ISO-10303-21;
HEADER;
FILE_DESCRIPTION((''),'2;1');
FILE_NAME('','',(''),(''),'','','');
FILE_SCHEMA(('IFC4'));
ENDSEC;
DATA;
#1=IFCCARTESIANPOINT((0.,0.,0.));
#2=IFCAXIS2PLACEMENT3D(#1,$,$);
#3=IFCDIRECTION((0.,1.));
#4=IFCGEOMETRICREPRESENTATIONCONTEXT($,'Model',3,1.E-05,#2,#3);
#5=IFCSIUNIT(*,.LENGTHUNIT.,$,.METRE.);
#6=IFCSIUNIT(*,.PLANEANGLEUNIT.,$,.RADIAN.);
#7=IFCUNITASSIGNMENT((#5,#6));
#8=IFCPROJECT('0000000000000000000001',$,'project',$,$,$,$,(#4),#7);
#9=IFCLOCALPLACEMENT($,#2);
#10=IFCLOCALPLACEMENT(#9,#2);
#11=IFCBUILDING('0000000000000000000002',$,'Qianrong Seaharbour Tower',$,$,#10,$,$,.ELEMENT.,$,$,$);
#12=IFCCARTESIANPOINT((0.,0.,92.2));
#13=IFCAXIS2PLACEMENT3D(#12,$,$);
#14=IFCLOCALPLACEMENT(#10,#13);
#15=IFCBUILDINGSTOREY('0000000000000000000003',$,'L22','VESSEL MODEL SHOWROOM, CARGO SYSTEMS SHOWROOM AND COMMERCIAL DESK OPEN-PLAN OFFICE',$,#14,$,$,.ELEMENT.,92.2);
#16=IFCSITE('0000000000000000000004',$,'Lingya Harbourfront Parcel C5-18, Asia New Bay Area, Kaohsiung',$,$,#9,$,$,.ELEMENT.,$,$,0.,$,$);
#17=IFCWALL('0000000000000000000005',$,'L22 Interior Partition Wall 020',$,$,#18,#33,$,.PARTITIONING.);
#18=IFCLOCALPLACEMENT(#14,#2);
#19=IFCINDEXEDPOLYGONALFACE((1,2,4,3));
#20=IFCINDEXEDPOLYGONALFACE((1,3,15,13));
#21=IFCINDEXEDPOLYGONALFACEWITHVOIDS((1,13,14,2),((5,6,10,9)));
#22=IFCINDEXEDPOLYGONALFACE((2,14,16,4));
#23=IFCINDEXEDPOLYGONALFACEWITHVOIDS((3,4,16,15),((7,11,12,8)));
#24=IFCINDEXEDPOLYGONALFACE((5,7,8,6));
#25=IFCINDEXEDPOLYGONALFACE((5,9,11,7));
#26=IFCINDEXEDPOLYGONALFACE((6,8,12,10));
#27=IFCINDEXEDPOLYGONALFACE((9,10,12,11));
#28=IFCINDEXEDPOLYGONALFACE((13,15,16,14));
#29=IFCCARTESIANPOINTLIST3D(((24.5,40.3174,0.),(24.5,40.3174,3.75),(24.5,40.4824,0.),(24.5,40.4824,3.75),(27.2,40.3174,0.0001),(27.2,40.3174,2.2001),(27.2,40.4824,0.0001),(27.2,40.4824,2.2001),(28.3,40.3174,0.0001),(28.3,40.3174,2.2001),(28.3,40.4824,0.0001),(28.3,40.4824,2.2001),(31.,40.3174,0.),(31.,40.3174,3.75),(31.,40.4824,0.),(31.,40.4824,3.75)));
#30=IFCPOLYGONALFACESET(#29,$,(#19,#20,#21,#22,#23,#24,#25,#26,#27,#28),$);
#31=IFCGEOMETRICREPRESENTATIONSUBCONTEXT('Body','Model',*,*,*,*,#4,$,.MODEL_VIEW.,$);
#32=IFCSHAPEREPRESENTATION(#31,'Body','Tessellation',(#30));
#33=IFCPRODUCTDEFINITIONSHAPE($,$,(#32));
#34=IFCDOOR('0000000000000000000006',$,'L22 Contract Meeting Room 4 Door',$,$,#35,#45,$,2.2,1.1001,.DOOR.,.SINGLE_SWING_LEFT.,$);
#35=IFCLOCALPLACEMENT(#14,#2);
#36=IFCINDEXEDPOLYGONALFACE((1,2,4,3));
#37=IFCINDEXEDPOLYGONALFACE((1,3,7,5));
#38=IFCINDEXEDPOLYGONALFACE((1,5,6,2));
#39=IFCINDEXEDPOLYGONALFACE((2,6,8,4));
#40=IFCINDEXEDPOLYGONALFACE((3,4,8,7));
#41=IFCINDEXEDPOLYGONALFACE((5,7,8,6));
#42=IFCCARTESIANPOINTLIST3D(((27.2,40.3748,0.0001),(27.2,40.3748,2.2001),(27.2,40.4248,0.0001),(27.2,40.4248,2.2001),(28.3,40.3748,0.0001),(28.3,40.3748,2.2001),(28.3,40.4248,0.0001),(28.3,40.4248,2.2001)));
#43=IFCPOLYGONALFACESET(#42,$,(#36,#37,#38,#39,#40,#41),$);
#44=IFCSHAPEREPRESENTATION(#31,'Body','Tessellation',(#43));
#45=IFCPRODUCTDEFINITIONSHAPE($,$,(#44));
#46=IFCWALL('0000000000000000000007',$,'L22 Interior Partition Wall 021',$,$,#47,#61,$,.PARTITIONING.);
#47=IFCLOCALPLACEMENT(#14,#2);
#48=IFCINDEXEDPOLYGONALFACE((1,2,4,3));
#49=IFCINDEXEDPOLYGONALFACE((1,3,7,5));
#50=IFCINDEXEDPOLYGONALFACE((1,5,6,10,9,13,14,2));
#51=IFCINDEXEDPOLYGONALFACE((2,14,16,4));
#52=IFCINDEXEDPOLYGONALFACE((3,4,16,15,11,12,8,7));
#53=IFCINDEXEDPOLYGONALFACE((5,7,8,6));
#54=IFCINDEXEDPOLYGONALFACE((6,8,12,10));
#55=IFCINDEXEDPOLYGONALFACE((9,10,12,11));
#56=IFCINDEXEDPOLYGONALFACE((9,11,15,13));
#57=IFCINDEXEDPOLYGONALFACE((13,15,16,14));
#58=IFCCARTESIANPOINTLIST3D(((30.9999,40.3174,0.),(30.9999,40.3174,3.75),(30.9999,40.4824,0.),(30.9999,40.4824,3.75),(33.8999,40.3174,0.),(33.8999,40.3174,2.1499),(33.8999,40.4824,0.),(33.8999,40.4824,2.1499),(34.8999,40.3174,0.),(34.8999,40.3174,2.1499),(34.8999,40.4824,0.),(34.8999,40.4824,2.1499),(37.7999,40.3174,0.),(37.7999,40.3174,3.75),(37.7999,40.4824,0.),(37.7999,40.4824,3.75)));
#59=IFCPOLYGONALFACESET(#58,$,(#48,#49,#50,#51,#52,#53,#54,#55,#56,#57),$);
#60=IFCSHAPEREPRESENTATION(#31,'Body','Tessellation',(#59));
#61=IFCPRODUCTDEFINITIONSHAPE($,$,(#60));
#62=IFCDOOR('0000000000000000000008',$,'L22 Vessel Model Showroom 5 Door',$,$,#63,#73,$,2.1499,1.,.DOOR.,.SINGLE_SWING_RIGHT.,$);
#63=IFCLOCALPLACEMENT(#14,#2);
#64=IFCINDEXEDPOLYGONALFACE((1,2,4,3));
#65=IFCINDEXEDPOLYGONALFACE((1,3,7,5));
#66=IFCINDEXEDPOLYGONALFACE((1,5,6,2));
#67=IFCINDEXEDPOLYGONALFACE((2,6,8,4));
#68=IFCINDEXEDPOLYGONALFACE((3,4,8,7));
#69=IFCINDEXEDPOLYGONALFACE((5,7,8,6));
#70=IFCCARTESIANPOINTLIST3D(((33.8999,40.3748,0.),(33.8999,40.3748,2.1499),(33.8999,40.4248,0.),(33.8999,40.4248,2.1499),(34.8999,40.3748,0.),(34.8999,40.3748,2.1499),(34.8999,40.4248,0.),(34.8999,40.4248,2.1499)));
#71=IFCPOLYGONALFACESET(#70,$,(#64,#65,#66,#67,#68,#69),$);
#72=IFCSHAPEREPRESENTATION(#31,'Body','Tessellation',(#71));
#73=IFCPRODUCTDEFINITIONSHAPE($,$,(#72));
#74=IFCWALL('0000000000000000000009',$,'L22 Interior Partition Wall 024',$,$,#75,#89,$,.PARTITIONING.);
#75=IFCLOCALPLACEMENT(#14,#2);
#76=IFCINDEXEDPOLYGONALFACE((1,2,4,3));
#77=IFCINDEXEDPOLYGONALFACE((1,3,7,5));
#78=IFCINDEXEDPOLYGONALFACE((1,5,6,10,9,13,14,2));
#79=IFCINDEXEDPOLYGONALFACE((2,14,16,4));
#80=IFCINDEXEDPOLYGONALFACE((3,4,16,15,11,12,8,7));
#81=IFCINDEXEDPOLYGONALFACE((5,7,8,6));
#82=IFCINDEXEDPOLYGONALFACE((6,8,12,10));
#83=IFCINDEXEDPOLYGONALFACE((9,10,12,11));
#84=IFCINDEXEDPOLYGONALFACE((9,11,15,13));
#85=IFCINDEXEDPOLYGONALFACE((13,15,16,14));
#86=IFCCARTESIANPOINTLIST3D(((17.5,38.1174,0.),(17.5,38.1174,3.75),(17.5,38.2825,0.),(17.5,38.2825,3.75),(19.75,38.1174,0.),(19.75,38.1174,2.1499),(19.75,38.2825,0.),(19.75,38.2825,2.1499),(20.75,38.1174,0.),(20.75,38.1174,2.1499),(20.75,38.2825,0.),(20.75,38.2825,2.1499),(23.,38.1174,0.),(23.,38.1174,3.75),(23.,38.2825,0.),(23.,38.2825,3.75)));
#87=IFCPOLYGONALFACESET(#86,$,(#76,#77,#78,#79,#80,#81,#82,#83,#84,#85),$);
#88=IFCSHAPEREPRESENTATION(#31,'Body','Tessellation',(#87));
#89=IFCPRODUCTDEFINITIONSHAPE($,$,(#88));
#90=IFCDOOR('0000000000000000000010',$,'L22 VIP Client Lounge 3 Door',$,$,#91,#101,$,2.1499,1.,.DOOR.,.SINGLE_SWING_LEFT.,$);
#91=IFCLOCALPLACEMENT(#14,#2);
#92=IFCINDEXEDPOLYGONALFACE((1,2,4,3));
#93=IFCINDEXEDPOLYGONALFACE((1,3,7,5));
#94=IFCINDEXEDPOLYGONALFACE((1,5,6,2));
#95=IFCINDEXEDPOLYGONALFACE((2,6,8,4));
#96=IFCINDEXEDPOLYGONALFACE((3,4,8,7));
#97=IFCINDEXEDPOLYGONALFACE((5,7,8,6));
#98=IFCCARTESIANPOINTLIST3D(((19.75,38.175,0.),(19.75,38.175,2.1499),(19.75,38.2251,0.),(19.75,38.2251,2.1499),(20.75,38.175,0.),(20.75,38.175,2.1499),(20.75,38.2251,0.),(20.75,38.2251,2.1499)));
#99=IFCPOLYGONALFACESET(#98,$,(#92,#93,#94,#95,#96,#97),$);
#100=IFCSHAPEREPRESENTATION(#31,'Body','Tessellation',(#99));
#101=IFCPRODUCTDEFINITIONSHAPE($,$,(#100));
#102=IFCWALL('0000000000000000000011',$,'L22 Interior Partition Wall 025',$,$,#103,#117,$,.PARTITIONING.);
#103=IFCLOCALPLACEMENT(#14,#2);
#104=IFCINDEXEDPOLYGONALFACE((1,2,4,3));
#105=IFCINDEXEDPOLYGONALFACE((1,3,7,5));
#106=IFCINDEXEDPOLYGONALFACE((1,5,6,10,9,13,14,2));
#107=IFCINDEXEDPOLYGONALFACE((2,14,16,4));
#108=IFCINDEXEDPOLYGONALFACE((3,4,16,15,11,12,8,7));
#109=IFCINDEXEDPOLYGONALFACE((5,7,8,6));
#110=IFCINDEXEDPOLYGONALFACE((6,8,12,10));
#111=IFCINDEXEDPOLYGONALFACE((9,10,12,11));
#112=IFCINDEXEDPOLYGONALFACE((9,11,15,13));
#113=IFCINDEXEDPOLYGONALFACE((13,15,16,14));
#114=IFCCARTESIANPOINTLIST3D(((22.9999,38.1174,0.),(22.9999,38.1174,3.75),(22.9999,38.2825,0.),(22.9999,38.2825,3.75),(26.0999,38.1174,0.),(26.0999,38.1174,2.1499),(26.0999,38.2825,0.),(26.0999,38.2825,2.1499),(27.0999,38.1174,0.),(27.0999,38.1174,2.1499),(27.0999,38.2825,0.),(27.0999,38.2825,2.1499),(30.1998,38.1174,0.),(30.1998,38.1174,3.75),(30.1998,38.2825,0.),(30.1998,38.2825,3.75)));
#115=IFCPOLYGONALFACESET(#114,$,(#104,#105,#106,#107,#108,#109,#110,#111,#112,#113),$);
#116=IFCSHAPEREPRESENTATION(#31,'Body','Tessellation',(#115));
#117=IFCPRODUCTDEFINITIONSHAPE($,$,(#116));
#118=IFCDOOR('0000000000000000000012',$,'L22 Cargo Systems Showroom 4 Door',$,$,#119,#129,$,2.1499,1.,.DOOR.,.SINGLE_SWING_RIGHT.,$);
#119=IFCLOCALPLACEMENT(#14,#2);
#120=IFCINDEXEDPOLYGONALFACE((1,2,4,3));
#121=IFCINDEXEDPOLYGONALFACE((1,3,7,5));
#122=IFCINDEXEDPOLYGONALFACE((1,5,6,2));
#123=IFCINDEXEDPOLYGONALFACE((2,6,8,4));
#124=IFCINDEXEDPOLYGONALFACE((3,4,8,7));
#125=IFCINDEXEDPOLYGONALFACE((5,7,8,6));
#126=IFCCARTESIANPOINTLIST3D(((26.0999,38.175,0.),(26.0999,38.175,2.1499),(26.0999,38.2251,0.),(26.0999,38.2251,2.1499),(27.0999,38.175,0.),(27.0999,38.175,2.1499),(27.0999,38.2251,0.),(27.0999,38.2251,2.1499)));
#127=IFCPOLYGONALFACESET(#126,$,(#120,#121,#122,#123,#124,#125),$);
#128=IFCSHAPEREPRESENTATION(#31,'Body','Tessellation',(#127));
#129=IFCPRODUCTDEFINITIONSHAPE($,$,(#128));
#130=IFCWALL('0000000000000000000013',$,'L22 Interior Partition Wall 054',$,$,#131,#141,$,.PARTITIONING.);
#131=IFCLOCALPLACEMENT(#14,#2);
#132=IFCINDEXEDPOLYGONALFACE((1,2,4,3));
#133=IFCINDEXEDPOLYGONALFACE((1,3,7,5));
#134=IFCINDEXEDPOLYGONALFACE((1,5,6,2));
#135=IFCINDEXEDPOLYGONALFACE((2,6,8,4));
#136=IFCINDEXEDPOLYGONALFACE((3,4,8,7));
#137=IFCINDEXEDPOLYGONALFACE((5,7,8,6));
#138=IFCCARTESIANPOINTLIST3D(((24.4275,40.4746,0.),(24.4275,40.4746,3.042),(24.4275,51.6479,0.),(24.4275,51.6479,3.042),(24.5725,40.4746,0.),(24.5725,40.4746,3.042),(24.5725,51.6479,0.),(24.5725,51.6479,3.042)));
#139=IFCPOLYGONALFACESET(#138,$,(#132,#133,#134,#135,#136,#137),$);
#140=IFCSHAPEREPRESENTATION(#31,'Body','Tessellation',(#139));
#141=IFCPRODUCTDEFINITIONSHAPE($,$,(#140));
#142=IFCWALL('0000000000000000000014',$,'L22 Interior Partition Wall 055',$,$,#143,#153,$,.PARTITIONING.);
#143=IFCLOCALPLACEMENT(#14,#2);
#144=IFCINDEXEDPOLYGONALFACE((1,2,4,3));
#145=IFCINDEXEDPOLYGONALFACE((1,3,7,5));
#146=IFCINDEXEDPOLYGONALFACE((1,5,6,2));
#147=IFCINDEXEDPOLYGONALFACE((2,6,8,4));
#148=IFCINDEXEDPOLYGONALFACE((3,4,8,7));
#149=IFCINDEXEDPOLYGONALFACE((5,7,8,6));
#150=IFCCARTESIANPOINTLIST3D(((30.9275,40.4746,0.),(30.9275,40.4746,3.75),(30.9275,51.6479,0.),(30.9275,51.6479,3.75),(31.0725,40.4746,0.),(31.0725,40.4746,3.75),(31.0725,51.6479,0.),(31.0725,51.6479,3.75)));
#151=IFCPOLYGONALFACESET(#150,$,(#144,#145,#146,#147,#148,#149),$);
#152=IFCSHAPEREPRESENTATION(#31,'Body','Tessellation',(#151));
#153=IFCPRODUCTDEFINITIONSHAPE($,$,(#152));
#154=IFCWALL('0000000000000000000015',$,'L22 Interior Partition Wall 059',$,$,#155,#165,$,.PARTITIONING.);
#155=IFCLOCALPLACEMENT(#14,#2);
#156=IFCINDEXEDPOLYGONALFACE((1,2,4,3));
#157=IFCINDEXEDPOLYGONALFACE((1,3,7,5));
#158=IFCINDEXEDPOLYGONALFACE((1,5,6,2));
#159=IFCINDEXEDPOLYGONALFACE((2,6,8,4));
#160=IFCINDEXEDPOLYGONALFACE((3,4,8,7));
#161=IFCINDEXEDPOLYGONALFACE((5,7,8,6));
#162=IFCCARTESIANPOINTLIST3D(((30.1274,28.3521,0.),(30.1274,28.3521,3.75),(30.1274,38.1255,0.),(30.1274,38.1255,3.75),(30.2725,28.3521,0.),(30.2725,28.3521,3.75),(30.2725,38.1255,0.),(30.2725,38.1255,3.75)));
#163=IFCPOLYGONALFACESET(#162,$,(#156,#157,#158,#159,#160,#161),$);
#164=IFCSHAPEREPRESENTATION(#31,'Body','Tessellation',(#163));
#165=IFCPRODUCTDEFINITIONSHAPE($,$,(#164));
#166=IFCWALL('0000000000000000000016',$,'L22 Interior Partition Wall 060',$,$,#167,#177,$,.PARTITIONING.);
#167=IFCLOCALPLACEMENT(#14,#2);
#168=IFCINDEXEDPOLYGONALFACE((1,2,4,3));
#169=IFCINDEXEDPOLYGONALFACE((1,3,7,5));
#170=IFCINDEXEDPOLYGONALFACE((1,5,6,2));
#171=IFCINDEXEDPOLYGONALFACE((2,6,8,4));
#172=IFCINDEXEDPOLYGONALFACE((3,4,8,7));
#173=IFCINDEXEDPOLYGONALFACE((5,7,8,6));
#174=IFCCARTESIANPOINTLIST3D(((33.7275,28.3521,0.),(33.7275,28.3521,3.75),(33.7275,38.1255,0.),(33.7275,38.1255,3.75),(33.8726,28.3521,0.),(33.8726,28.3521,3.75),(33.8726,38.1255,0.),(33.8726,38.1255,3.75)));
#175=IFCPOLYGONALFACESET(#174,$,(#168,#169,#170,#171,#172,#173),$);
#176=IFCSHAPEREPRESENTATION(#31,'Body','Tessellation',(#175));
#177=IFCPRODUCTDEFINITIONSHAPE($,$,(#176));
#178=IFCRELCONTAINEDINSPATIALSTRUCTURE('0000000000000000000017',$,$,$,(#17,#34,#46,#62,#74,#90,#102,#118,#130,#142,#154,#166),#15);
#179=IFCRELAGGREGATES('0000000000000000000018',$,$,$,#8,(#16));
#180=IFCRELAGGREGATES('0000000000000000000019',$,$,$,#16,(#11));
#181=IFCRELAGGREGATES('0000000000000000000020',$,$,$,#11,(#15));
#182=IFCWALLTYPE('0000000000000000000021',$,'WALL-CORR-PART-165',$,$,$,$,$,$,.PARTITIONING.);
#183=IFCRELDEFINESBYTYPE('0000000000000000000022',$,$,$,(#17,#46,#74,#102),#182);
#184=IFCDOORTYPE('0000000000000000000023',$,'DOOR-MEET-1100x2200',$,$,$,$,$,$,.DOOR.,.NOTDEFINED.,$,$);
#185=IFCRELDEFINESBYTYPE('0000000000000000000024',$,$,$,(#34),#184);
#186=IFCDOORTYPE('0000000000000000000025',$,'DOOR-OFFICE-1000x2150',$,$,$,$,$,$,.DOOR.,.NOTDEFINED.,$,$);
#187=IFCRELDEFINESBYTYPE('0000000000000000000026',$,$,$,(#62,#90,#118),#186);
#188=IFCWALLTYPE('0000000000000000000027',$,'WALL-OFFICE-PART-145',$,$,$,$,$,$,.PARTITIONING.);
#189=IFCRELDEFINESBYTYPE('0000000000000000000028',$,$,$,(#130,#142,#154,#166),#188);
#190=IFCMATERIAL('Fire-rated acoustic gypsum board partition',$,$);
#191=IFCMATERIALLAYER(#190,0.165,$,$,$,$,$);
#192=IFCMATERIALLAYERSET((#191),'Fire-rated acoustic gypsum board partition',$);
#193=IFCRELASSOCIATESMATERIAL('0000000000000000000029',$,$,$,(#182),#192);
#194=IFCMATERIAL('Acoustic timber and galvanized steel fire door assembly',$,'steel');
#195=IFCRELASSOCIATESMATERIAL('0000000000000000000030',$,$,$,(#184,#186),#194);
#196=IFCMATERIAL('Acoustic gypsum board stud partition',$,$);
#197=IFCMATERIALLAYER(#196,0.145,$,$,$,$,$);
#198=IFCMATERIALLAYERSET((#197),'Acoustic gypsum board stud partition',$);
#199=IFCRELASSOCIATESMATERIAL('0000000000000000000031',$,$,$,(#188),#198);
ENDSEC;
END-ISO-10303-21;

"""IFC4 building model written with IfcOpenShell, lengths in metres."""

from ifc_helpers import new_model, si_unit, direction, frame, frame_2d, origin, place, context, subcontext, project, spatial, rectangle, extrude, material, layer, layer_set, type_object, element, fill, save


model = new_model("IFC4")

# Units and contexts
model_context = context("Model", 3, precision=1e-05, world=origin(), true_north=direction((0.0, 1.0)))
body_context = subcontext(model_context, "Body", "Model", "MODEL_VIEW")
ifc_project = project(units=[si_unit("LENGTHUNIT", "METRE"), si_unit("PLANEANGLEUNIT", "RADIAN")], contexts=[model_context])

# Site, building, storey
site_placement = place(None, origin())
site = spatial("IfcSite", under=ifc_project, at=site_placement, Name="Lingya Harbourfront Parcel C5-18, Asia New Bay Area, Kaohsiung", CompositionType="ELEMENT", RefElevation=0.0)
building_placement = place(site_placement, origin())
building = spatial("IfcBuilding", under=site, at=building_placement, Name="Qianrong Seaharbour Tower", CompositionType="ELEMENT")
storey_placement = place(building_placement, frame((0.0, 0.0, 92.2)))
storey = spatial("IfcBuildingStorey", under=building, at=storey_placement, Name="L22", Description="VESSEL MODEL SHOWROOM, CARGO SYSTEMS SHOWROOM AND COMMERCIAL DESK OPEN-PLAN OFFICE", CompositionType="ELEMENT", Elevation=92.2)

# Walls, openings, doors
ifc_material_1 = material(Name="Fire-rated acoustic gypsum board partition")
ifc_layer_1 = layer(ifc_material_1, 0.165)
ifc_layer_set_1 = layer_set([ifc_layer_1], Name="Fire-rated acoustic gypsum board partition")
wall_type_1 = type_object("IfcWallType", Name="WALL-CORR-PART-165", PredefinedType="PARTITIONING", material=ifc_layer_set_1)
wall_1_placement = place(storey_placement, frame((24.5, 40.3999, 0.0), z_axis=(0.0, 0.0, 1.0), x_axis=(1.0, 0.0, 0.0)))
wall_1 = element("IfcWall", 1, at=wall_1_placement, inside=storey, type_object=wall_type_1, Name="L22 Interior Partition Wall 020", PredefinedType="PARTITIONING", context=body_context, shape_type="SweptSolid", body=[
    extrude(rectangle(XDim=6.5, YDim=0.165, at=frame_2d((3.25, 0.0))), origin(), (0.0, 0.0, 1.0), 3.75),
])
opening_1_placement = place(wall_1_placement, frame((2.7, 0.0, 0.0)))
opening_1 = element("IfcOpeningElement", 2, at=opening_1_placement, cuts=wall_1, PredefinedType="OPENING", context=body_context, shape_type="SweptSolid", body=[
    extrude(rectangle(XDim=1.1001, YDim=2.2, at=frame_2d((0.55, 1.1001))), frame((0.0, 0.0925, 0.0), z_axis=(0.0, -1.0, 0.0), x_axis=(1.0, 0.0, 0.0)), (0.0, 0.0, 1.0), 0.1851),
])
ifc_material_2 = material(Name="Acoustic timber and galvanized steel fire door assembly", Category="steel")
door_type_1 = type_object("IfcDoorType", Name="DOOR-MEET-1100x2200", OperationType="NOTDEFINED", PredefinedType="DOOR", material=ifc_material_2)
door_1_placement = place(opening_1_placement, origin())
door_1 = element("IfcDoor", 3, at=door_1_placement, inside=storey, type_object=door_type_1, Name="L22 Contract Meeting Room 4 Door", OperationType="SINGLE_SWING_LEFT", OverallHeight=2.2, OverallWidth=1.1001, PredefinedType="DOOR", context=body_context, shape_type="SweptSolid", body=[
    extrude(rectangle(XDim=1.1001, YDim=2.2, at=frame_2d((0.55, 1.1001))), frame((0.0, 0.0249, 0.0), z_axis=(0.0, -1.0, 0.0), x_axis=(1.0, 0.0, 0.0)), (0.0, 0.0, 1.0), 0.05),
])
fill(opening_1, door_1)
wall_2_placement = place(storey_placement, frame((31.0, 40.3999, 0.0), z_axis=(0.0, 0.0, 1.0), x_axis=(1.0, 0.0, 0.0)))
wall_2 = element("IfcWall", 4, at=wall_2_placement, inside=storey, type_object=wall_type_1, Name="L22 Interior Partition Wall 021", PredefinedType="PARTITIONING", context=body_context, shape_type="SweptSolid", body=[
    extrude(rectangle(XDim=6.8, YDim=0.165, at=frame_2d((3.3999, 0.0))), origin(), (0.0, 0.0, 1.0), 3.75),
])
opening_2_placement = place(wall_2_placement, frame((2.8999, 0.0, 0.0)))
opening_2 = element("IfcOpeningElement", 5, at=opening_2_placement, cuts=wall_2, PredefinedType="OPENING", context=body_context, shape_type="SweptSolid", body=[
    extrude(rectangle(XDim=1.0, YDim=2.1499, at=frame_2d((0.5, 1.075))), frame((0.0, 0.0925, 0.0), z_axis=(0.0, -1.0, 0.0), x_axis=(1.0, 0.0, 0.0)), (0.0, 0.0, 1.0), 0.1851),
])
door_type_2 = type_object("IfcDoorType", Name="DOOR-OFFICE-1000x2150", OperationType="NOTDEFINED", PredefinedType="DOOR", material=ifc_material_2)
door_2_placement = place(opening_2_placement, origin())
door_2 = element("IfcDoor", 6, at=door_2_placement, inside=storey, type_object=door_type_2, Name="L22 Vessel Model Showroom 5 Door", OperationType="SINGLE_SWING_RIGHT", OverallHeight=2.1499, OverallWidth=1.0, PredefinedType="DOOR", context=body_context, shape_type="SweptSolid", body=[
    extrude(rectangle(XDim=1.0, YDim=2.1499, at=frame_2d((0.5, 1.075))), frame((0.0, 0.0249, 0.0), z_axis=(0.0, -1.0, 0.0), x_axis=(1.0, 0.0, 0.0)), (0.0, 0.0, 1.0), 0.05),
])
fill(opening_2, door_2)
wall_3_placement = place(storey_placement, frame((23.0, 38.2, 0.0), z_axis=(0.0, 0.0, 1.0), x_axis=(-1.0, 0.0, 0.0)))
wall_3 = element("IfcWall", 7, at=wall_3_placement, inside=storey, type_object=wall_type_1, Name="L22 Interior Partition Wall 024", PredefinedType="PARTITIONING", context=body_context, shape_type="SweptSolid", body=[
    extrude(rectangle(XDim=5.5, YDim=0.165, at=frame_2d((2.75, 0.0))), origin(), (0.0, 0.0, 1.0), 3.75),
])
opening_3_placement = place(wall_3_placement, frame((2.25, 0.0, 0.0)))
opening_3 = element("IfcOpeningElement", 8, at=opening_3_placement, cuts=wall_3, PredefinedType="OPENING", context=body_context, shape_type="SweptSolid", body=[
    extrude(rectangle(XDim=1.0, YDim=2.1499, at=frame_2d((0.5, 1.075))), frame((0.0, 0.0925, 0.0), z_axis=(0.0, -1.0, 0.0), x_axis=(1.0, 0.0, 0.0)), (0.0, 0.0, 1.0), 0.1851),
])
door_3_placement = place(opening_3_placement, origin())
door_3 = element("IfcDoor", 9, at=door_3_placement, inside=storey, type_object=door_type_2, Name="L22 VIP Client Lounge 3 Door", OperationType="SINGLE_SWING_LEFT", OverallHeight=2.1499, OverallWidth=1.0, PredefinedType="DOOR", context=body_context, shape_type="SweptSolid", body=[
    extrude(rectangle(XDim=1.0, YDim=2.1499, at=frame_2d((0.5, 1.075))), frame((0.0, 0.0249, 0.0), z_axis=(0.0, -1.0, 0.0), x_axis=(1.0, 0.0, 0.0)), (0.0, 0.0, 1.0), 0.05),
])
fill(opening_3, door_3)
wall_4_placement = place(storey_placement, frame((30.2, 38.2, 0.0), z_axis=(0.0, 0.0, 1.0), x_axis=(-1.0, 0.0, 0.0)))
wall_4 = element("IfcWall", 10, at=wall_4_placement, inside=storey, type_object=wall_type_1, Name="L22 Interior Partition Wall 025", PredefinedType="PARTITIONING", context=body_context, shape_type="SweptSolid", body=[
    extrude(rectangle(XDim=7.2, YDim=0.165, at=frame_2d((3.6001, 0.0))), origin(), (0.0, 0.0, 1.0), 3.75),
])
opening_4_placement = place(wall_4_placement, frame((3.1001, 0.0, 0.0)))
opening_4 = element("IfcOpeningElement", 11, at=opening_4_placement, cuts=wall_4, PredefinedType="OPENING", context=body_context, shape_type="SweptSolid", body=[
    extrude(rectangle(XDim=1.0, YDim=2.1499, at=frame_2d((0.5, 1.075))), frame((0.0, 0.0925, 0.0), z_axis=(0.0, -1.0, 0.0), x_axis=(1.0, 0.0, 0.0)), (0.0, 0.0, 1.0), 0.1851),
])
door_4_placement = place(opening_4_placement, origin())
door_4 = element("IfcDoor", 12, at=door_4_placement, inside=storey, type_object=door_type_2, Name="L22 Cargo Systems Showroom 4 Door", OperationType="SINGLE_SWING_RIGHT", OverallHeight=2.1499, OverallWidth=1.0, PredefinedType="DOOR", context=body_context, shape_type="SweptSolid", body=[
    extrude(rectangle(XDim=1.0, YDim=2.1499, at=frame_2d((0.5, 1.075))), frame((0.0, 0.0249, 0.0), z_axis=(0.0, -1.0, 0.0), x_axis=(1.0, 0.0, 0.0)), (0.0, 0.0, 1.0), 0.05),
])
fill(opening_4, door_4)

# Walls
ifc_material_3 = material(Name="Acoustic gypsum board stud partition")
ifc_layer_2 = layer(ifc_material_3, 0.145)
ifc_layer_set_2 = layer_set([ifc_layer_2], Name="Acoustic gypsum board stud partition")
wall_type_2 = type_object("IfcWallType", Name="WALL-OFFICE-PART-145", PredefinedType="PARTITIONING", material=ifc_layer_set_2)
wall_5_placement = place(storey_placement, frame((24.5, 51.6479, 0.0), z_axis=(0.0, 0.0, 1.0), x_axis=(0.0, -1.0, 0.0)))
element("IfcWall", 13, at=wall_5_placement, inside=storey, type_object=wall_type_2, Name="L22 Interior Partition Wall 054", PredefinedType="PARTITIONING", context=body_context, shape_type="SweptSolid", body=[
    extrude(rectangle(XDim=11.1733, YDim=0.145, at=frame_2d((5.5867, 0.0))), origin(), (0.0, 0.0, 1.0), 3.042),
])
wall_6_placement = place(storey_placement, frame((31.0, 51.6479, 0.0), z_axis=(0.0, 0.0, 1.0), x_axis=(0.0, -1.0, 0.0)))
element("IfcWall", 14, at=wall_6_placement, inside=storey, type_object=wall_type_2, Name="L22 Interior Partition Wall 055", PredefinedType="PARTITIONING", context=body_context, shape_type="SweptSolid", body=[
    extrude(rectangle(XDim=11.1733, YDim=0.145, at=frame_2d((5.5867, 0.0))), origin(), (0.0, 0.0, 1.0), 3.75),
])
for number, where, z_axis, x_axis, name in (
    (15, (30.2, 38.1255, 0.0), (0.0, 0.0, 1.0), (0.0, -1.0, 0.0), "L22 Interior Partition Wall 059"),
    (16, (33.8, 38.1255, 0.0), (0.0, 0.0, 1.0), (0.0, -1.0, 0.0), "L22 Interior Partition Wall 060"),
):
    element("IfcWall", number, at=place(storey_placement, frame(where, z_axis=z_axis, x_axis=x_axis)), inside=storey, type_object=wall_type_2, Name=name, PredefinedType="PARTITIONING", context=body_context, shape_type="SweptSolid", body=[
        extrude(rectangle(XDim=9.7734, YDim=0.145, at=frame_2d((4.8867, 0.0))), origin(), (0.0, 0.0, 1.0), 3.75),
    ])

save(model, "model.ifc")
